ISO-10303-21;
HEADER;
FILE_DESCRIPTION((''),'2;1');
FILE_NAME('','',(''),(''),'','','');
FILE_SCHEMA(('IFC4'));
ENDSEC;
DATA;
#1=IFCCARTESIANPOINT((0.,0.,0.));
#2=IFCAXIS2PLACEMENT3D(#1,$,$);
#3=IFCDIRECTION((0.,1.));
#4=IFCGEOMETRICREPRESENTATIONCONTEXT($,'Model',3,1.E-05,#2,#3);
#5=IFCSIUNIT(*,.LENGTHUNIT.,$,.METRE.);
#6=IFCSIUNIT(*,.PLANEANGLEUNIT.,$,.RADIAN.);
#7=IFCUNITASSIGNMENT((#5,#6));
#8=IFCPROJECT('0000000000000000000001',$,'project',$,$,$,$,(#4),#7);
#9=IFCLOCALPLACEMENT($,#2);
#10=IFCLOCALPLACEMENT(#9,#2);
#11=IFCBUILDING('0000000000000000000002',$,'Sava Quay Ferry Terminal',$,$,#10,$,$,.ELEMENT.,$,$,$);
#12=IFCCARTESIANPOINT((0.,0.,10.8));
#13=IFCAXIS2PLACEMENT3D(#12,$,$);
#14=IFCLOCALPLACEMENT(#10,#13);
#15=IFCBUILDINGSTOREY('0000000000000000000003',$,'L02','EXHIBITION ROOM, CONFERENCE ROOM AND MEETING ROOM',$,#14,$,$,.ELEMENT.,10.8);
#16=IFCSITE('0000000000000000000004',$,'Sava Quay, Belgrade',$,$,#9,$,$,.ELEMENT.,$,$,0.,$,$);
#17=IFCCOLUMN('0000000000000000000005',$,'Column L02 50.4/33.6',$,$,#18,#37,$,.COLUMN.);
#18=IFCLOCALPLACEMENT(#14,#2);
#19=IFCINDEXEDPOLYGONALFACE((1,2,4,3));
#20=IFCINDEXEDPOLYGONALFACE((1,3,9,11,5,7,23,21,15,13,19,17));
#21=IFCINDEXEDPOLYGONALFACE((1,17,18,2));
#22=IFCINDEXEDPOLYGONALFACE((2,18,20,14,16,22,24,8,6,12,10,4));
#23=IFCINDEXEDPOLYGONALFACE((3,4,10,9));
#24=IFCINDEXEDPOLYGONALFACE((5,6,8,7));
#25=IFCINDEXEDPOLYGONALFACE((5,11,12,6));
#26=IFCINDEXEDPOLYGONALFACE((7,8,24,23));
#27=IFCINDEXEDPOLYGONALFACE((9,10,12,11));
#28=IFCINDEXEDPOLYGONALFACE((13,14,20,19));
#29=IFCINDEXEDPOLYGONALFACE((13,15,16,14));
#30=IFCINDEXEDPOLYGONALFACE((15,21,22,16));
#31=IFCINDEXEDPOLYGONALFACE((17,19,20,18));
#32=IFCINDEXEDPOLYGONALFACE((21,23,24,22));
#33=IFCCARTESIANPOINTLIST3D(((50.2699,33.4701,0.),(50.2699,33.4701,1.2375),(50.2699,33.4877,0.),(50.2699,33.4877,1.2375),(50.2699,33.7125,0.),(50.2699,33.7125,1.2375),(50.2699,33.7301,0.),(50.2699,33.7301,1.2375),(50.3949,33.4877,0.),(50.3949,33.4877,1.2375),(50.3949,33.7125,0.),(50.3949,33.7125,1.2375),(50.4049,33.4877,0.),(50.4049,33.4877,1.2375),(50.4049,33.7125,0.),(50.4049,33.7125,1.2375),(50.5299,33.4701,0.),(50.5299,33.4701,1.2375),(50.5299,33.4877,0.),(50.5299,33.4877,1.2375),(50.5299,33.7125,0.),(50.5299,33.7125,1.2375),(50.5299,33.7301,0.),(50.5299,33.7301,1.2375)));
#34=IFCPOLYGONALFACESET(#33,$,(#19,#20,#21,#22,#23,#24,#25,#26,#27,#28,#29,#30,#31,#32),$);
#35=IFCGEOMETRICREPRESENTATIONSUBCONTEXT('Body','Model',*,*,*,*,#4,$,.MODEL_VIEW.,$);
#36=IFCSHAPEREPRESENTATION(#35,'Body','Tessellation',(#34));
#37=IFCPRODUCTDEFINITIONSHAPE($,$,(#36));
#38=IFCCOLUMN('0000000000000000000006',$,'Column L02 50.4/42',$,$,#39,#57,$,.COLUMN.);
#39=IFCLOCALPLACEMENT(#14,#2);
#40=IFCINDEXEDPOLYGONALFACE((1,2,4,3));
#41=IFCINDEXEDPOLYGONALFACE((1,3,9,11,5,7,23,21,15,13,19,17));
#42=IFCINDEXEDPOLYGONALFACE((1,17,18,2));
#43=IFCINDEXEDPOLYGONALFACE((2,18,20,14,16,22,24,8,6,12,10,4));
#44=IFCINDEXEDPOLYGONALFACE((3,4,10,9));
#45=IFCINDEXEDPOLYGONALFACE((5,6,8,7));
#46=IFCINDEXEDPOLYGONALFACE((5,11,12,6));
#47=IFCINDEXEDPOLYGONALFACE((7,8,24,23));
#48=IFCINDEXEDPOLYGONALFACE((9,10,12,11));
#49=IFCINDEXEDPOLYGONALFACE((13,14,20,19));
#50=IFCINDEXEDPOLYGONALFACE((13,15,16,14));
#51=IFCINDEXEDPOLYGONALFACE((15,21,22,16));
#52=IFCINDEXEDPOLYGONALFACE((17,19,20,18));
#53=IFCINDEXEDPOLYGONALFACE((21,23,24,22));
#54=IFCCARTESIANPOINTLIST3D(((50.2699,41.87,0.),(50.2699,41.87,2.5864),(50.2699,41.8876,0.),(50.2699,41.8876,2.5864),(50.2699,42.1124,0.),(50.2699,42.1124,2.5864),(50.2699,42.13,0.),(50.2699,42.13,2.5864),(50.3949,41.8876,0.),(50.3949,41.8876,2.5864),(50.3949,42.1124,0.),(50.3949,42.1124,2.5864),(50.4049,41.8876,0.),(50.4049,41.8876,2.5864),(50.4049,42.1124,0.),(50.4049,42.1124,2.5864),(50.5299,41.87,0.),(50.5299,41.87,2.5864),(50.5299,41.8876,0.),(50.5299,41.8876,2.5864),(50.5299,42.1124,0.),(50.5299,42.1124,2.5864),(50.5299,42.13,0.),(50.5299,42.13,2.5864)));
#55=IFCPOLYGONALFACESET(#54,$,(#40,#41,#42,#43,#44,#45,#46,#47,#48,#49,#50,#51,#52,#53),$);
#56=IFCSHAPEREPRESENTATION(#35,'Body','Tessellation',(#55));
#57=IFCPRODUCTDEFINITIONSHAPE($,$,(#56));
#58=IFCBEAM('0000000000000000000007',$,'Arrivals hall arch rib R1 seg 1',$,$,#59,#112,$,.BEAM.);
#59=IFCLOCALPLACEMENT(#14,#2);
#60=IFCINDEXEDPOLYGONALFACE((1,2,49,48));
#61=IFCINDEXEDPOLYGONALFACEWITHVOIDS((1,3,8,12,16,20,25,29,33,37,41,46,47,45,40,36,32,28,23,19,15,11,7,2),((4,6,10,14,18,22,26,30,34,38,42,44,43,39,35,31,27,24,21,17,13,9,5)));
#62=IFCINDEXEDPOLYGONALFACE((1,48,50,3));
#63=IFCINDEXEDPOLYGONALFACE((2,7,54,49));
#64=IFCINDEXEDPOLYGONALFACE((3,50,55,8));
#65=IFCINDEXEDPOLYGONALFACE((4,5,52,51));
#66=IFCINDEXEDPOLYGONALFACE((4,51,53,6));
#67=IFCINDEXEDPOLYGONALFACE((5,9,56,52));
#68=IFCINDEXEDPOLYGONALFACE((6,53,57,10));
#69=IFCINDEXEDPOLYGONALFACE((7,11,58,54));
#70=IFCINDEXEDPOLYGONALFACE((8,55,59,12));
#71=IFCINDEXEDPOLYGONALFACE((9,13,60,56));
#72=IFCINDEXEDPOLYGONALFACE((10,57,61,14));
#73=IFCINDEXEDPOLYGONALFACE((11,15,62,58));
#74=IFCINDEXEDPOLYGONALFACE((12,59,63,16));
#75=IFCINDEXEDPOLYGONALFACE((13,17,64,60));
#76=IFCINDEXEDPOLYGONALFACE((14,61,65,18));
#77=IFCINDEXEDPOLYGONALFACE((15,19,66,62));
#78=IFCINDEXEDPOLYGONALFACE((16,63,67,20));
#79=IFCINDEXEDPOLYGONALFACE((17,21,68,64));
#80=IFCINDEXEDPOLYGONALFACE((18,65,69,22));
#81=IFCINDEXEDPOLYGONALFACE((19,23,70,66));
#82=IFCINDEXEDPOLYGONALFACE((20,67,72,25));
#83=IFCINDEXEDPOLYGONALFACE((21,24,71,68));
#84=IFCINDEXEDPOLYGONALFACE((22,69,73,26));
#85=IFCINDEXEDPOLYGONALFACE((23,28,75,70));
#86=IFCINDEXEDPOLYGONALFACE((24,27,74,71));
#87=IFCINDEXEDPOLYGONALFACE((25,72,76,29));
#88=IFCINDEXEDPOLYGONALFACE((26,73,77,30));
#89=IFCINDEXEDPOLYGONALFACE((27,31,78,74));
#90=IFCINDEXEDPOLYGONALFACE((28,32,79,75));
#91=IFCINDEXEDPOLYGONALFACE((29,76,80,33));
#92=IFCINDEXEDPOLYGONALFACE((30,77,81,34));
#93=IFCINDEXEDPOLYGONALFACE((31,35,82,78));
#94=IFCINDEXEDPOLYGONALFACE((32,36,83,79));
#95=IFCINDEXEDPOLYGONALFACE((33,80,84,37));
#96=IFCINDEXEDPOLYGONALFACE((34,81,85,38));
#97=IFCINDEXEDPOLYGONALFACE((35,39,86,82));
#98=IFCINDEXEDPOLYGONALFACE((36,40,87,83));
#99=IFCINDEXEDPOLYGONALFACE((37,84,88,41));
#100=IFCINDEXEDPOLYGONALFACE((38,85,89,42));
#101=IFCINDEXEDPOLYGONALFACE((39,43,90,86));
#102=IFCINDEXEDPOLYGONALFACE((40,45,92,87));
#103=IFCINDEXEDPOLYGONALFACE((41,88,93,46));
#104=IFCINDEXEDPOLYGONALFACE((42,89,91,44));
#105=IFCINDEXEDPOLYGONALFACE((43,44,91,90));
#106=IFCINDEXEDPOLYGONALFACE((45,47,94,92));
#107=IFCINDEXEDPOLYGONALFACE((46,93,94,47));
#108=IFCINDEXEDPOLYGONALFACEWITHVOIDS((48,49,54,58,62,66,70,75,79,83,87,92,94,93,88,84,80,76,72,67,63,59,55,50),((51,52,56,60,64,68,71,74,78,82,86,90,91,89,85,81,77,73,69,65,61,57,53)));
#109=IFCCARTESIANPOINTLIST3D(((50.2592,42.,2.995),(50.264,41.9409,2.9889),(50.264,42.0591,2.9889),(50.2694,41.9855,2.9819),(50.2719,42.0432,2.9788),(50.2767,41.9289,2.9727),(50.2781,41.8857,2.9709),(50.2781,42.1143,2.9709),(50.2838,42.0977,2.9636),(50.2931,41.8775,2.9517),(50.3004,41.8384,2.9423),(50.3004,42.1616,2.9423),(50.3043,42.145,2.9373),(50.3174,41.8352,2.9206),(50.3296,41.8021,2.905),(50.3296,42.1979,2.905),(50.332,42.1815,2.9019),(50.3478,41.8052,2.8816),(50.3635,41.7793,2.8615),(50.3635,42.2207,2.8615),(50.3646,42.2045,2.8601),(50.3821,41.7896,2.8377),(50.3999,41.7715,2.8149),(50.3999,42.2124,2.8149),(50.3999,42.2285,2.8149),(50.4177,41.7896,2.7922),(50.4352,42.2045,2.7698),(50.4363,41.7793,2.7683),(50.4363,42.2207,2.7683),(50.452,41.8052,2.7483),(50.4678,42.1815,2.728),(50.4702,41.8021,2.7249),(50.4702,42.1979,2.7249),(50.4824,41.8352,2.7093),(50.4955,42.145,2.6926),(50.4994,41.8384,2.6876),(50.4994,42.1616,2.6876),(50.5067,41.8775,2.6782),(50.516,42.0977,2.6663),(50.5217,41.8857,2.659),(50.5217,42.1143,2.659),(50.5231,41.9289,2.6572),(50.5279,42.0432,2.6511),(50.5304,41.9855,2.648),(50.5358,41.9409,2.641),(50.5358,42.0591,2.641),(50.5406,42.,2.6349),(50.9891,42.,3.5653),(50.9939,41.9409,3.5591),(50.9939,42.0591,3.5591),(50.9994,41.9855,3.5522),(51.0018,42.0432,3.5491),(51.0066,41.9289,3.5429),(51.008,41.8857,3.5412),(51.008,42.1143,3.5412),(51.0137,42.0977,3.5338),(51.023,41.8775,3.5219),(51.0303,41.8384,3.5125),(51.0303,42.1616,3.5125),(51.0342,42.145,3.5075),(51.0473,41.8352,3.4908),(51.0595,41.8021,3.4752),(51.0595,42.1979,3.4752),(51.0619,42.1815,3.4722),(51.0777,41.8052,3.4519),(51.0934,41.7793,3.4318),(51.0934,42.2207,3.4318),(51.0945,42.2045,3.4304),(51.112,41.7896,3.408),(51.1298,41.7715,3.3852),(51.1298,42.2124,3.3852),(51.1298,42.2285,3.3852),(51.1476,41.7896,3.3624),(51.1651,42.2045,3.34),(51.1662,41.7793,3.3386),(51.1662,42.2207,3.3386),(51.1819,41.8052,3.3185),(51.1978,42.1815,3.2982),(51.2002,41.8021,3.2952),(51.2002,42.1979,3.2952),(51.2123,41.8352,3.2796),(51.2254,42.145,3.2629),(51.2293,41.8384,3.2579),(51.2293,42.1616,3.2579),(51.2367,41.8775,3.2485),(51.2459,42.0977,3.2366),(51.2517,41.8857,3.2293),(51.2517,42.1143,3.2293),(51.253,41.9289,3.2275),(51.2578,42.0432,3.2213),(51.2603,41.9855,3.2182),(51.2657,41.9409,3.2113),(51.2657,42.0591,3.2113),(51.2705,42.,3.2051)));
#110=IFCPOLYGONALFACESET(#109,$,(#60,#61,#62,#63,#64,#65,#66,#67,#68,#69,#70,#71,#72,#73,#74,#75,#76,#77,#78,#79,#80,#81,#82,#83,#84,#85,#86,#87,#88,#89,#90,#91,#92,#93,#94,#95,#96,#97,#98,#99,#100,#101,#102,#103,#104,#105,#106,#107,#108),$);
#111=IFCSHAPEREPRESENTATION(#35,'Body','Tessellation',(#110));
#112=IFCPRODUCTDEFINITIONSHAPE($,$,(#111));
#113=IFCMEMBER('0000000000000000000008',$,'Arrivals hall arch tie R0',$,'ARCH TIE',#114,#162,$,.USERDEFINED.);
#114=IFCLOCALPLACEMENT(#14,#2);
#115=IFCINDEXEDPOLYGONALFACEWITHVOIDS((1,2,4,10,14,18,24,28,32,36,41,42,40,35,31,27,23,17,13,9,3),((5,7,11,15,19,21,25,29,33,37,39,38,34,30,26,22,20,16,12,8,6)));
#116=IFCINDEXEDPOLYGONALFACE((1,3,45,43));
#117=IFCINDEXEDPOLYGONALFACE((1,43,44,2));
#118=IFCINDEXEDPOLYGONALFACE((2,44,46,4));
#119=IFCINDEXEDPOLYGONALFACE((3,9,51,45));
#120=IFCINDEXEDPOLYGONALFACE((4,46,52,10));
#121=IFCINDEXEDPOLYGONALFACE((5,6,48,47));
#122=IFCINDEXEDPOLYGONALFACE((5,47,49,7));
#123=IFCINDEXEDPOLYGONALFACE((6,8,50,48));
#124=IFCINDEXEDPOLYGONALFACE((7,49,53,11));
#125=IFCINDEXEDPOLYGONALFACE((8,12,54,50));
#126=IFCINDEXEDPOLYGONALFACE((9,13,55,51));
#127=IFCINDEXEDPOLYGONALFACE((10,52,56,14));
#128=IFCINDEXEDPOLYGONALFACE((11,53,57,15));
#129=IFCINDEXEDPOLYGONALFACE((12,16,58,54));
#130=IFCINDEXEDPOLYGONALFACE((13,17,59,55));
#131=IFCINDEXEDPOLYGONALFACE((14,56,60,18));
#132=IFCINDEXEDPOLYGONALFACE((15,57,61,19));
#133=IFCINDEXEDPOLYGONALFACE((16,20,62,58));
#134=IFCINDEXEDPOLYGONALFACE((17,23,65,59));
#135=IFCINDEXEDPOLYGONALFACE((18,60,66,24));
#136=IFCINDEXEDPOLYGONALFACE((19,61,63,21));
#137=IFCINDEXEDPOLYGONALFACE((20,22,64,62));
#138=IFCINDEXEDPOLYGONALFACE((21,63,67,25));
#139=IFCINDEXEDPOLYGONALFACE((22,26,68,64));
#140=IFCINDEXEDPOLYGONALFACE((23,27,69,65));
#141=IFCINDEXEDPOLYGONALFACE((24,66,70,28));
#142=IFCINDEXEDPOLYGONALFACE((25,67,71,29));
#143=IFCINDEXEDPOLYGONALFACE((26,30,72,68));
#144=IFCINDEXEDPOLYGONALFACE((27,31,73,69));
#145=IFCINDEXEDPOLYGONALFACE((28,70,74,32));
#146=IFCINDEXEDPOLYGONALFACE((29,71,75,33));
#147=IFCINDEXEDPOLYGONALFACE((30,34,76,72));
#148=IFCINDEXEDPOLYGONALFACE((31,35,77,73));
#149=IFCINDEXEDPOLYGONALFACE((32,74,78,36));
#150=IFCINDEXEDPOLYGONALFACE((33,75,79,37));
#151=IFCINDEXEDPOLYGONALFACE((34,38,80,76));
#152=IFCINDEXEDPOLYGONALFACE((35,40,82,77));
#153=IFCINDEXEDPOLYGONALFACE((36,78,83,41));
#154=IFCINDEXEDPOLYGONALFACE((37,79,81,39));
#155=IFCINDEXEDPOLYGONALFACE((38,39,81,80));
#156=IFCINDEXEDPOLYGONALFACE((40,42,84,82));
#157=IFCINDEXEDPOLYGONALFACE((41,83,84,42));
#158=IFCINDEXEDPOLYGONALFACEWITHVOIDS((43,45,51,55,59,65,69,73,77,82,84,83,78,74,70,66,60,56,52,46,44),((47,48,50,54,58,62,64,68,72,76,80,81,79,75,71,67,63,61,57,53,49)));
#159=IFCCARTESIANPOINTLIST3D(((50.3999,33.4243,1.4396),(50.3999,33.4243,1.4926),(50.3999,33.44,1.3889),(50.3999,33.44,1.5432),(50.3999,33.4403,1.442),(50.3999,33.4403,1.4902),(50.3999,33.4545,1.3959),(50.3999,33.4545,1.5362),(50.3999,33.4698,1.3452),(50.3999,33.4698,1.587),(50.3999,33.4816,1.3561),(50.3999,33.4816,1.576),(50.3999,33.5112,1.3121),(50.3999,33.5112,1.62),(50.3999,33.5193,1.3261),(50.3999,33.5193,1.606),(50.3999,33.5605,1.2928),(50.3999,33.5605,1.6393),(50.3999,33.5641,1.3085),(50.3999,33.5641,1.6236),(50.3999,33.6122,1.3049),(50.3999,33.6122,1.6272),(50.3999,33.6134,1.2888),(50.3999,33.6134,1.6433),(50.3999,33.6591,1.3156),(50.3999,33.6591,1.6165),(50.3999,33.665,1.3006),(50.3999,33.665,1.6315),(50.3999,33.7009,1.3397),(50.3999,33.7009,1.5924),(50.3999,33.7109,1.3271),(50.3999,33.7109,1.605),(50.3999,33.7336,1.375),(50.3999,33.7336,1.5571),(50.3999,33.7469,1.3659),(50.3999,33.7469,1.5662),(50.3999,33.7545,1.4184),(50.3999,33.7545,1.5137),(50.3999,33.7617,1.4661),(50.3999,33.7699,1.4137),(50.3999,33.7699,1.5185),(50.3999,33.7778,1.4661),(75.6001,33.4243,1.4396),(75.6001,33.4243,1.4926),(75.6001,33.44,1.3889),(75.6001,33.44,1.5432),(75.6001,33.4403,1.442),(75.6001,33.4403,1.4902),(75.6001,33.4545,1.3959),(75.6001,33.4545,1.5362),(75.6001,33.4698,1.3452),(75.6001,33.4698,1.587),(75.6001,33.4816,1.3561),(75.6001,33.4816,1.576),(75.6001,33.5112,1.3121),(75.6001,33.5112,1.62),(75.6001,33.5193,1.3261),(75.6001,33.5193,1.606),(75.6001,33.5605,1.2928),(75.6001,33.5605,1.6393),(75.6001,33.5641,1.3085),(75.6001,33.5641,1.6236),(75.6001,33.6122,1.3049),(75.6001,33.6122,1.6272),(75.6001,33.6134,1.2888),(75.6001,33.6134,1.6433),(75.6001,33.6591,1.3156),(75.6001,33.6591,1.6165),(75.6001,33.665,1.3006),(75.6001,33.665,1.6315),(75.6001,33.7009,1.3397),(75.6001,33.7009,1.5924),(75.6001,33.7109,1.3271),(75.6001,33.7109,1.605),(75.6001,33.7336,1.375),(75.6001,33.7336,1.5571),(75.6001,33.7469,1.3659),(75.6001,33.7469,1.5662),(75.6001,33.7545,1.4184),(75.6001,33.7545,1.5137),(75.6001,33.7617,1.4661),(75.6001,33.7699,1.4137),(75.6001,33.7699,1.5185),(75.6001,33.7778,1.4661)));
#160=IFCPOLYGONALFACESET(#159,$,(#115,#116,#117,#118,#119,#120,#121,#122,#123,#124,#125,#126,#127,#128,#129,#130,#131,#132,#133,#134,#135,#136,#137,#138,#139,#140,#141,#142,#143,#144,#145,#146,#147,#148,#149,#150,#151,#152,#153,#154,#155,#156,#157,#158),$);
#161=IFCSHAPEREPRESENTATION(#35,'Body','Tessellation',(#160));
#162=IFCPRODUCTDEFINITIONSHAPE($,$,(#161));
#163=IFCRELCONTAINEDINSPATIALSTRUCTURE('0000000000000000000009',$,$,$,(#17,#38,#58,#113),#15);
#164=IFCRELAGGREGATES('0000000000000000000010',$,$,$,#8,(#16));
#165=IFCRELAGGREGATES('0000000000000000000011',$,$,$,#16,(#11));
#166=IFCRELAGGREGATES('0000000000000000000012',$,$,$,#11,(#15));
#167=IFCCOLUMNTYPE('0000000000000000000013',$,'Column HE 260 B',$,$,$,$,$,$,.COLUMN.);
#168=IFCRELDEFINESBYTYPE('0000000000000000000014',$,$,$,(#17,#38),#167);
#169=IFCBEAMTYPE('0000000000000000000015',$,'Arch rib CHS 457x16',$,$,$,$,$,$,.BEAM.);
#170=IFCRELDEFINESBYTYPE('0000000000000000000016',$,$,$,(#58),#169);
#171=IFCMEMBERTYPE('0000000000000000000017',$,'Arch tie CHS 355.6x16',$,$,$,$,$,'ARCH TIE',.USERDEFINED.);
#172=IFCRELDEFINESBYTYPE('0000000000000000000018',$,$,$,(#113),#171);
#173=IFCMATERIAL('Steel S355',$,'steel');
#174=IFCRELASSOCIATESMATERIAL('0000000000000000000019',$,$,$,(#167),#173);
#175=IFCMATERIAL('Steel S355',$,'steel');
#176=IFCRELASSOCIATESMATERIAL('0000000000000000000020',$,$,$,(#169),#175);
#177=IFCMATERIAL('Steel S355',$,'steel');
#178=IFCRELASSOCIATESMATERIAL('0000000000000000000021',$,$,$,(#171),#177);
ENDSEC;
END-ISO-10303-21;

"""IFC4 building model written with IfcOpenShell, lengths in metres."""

from ifc_helpers import new_model, si_unit, direction, frame, origin, origin_2d, place, context, subcontext, project, spatial, hollow_circle, i_section, extrude, material, material_profile, profile_set, type_object, element, save


model = new_model("IFC4")

# Units and contexts
model_context = context("Model", 3, precision=1e-05, world=origin(), true_north=direction((0.0, 1.0)))
body_context = subcontext(model_context, "Body", "Model", "MODEL_VIEW")
ifc_project = project(units=[si_unit("LENGTHUNIT", "METRE"), si_unit("PLANEANGLEUNIT", "RADIAN")], contexts=[model_context])

# Site, building, storey
site_placement = place(None, origin())
site = spatial("IfcSite", under=ifc_project, at=site_placement, Name="Sava Quay, Belgrade", CompositionType="ELEMENT", RefElevation=0.0)
building_placement = place(site_placement, origin())
building = spatial("IfcBuilding", under=site, at=building_placement, Name="Sava Quay Ferry Terminal", CompositionType="ELEMENT")
storey_placement = place(building_placement, frame((0.0, 0.0, 10.8)))
storey = spatial("IfcBuildingStorey", under=building, at=storey_placement, Name="L02", Description="EXHIBITION ROOM, CONFERENCE ROOM AND MEETING ROOM", CompositionType="ELEMENT", Elevation=10.8)

# Columns
ifc_material_1 = material(Name="Steel S355", Category="steel")
ifc_material_profile_1 = material_profile(ifc_material_1, i_section(OverallWidth=0.26, OverallDepth=0.26, WebThickness=0.01, FlangeThickness=0.0176, at=origin_2d()), Name="HE 260 B")
ifc_profile_set_1 = profile_set([ifc_material_profile_1], Name="Steel S355")
column_type = type_object("IfcColumnType", Name="Column HE 260 B", PredefinedType="COLUMN", material=ifc_profile_set_1)
column_1_placement = place(storey_placement, frame((50.3999, 33.6001, 0.0), z_axis=(0.0, 0.0, 1.0), x_axis=(1.0, 0.0, 0.0)))
element("IfcColumn", 1, at=column_1_placement, inside=storey, type_object=column_type, Name="Column L02 50.4/33.6", PredefinedType="COLUMN", context=body_context, shape_type="SweptSolid", body=[
    extrude(i_section(OverallWidth=0.26, OverallDepth=0.26, WebThickness=0.01, FlangeThickness=0.0176, at=origin_2d()), origin(), (0.0, 0.0, 1.0), 1.2375),
])
column_2_placement = place(storey_placement, frame((50.3999, 42.0, 0.0), z_axis=(0.0, 0.0, 1.0), x_axis=(1.0, 0.0, 0.0)))
element("IfcColumn", 2, at=column_2_placement, inside=storey, type_object=column_type, Name="Column L02 50.4/42", PredefinedType="COLUMN", context=body_context, shape_type="SweptSolid", body=[
    extrude(i_section(OverallWidth=0.26, OverallDepth=0.26, WebThickness=0.01, FlangeThickness=0.0176, at=origin_2d()), origin(), (0.0, 0.0, 1.0), 2.5864),
])

# Beam
ifc_material_2 = material(Name="Steel S355", Category="steel")
ifc_material_profile_2 = material_profile(ifc_material_2, hollow_circle(Radius=0.2285, WallThickness=0.0161, at=origin_2d()), Name="CHS 457 x 16.0")
ifc_profile_set_2 = profile_set([ifc_material_profile_2], Name="Steel S355")
beam_type_1 = type_object("IfcBeamType", Name="Arch rib CHS 457x16", PredefinedType="BEAM", material=ifc_profile_set_2)
beam_1_placement = place(storey_placement, frame((50.3999, 42.0, 2.8149), z_axis=(0.788016, 0.0, 0.615654), x_axis=(0.0, 1.0, 0.0)))
element("IfcBeam", 3, at=beam_1_placement, inside=storey, type_object=beam_type_1, Name="Arrivals hall arch rib R1 seg 1", PredefinedType="BEAM", context=body_context, shape_type="SweptSolid", body=[
    extrude(hollow_circle(Radius=0.2285, WallThickness=0.0161, at=origin_2d()), origin(), (0.0, 0.0, 1.0), 0.9263),
])

# Member
ifc_material_3 = material(Name="Steel S355", Category="steel")
ifc_material_profile_3 = material_profile(ifc_material_3, hollow_circle(Radius=0.1777, WallThickness=0.0161, at=origin_2d()), Name="CHS 355.6 x 16.0")
ifc_profile_set_3 = profile_set([ifc_material_profile_3], Name="Steel S355")
member_type_1 = type_object("IfcMemberType", Name="Arch tie CHS 355.6x16", ElementType="ARCH TIE", PredefinedType="USERDEFINED", material=ifc_profile_set_3)
for number, where, z_axis, x_axis, name in (
    (4, (50.3999, 33.6001, 1.4661), (1.0, 0.0, 0.0), (0.0, 1.0, 0.0), "Arrivals hall arch tie R0"),
):
    element("IfcMember", number, at=place(storey_placement, frame(where, z_axis=z_axis, x_axis=x_axis)), inside=storey, type_object=member_type_1, Name=name, ObjectType="ARCH TIE", PredefinedType="USERDEFINED", context=body_context, shape_type="SweptSolid", body=[
        extrude(hollow_circle(Radius=0.1777, WallThickness=0.0161, at=origin_2d()), origin(), (0.0, 0.0, 1.0), 25.2002),
    ])

save(model, "model.ifc")
